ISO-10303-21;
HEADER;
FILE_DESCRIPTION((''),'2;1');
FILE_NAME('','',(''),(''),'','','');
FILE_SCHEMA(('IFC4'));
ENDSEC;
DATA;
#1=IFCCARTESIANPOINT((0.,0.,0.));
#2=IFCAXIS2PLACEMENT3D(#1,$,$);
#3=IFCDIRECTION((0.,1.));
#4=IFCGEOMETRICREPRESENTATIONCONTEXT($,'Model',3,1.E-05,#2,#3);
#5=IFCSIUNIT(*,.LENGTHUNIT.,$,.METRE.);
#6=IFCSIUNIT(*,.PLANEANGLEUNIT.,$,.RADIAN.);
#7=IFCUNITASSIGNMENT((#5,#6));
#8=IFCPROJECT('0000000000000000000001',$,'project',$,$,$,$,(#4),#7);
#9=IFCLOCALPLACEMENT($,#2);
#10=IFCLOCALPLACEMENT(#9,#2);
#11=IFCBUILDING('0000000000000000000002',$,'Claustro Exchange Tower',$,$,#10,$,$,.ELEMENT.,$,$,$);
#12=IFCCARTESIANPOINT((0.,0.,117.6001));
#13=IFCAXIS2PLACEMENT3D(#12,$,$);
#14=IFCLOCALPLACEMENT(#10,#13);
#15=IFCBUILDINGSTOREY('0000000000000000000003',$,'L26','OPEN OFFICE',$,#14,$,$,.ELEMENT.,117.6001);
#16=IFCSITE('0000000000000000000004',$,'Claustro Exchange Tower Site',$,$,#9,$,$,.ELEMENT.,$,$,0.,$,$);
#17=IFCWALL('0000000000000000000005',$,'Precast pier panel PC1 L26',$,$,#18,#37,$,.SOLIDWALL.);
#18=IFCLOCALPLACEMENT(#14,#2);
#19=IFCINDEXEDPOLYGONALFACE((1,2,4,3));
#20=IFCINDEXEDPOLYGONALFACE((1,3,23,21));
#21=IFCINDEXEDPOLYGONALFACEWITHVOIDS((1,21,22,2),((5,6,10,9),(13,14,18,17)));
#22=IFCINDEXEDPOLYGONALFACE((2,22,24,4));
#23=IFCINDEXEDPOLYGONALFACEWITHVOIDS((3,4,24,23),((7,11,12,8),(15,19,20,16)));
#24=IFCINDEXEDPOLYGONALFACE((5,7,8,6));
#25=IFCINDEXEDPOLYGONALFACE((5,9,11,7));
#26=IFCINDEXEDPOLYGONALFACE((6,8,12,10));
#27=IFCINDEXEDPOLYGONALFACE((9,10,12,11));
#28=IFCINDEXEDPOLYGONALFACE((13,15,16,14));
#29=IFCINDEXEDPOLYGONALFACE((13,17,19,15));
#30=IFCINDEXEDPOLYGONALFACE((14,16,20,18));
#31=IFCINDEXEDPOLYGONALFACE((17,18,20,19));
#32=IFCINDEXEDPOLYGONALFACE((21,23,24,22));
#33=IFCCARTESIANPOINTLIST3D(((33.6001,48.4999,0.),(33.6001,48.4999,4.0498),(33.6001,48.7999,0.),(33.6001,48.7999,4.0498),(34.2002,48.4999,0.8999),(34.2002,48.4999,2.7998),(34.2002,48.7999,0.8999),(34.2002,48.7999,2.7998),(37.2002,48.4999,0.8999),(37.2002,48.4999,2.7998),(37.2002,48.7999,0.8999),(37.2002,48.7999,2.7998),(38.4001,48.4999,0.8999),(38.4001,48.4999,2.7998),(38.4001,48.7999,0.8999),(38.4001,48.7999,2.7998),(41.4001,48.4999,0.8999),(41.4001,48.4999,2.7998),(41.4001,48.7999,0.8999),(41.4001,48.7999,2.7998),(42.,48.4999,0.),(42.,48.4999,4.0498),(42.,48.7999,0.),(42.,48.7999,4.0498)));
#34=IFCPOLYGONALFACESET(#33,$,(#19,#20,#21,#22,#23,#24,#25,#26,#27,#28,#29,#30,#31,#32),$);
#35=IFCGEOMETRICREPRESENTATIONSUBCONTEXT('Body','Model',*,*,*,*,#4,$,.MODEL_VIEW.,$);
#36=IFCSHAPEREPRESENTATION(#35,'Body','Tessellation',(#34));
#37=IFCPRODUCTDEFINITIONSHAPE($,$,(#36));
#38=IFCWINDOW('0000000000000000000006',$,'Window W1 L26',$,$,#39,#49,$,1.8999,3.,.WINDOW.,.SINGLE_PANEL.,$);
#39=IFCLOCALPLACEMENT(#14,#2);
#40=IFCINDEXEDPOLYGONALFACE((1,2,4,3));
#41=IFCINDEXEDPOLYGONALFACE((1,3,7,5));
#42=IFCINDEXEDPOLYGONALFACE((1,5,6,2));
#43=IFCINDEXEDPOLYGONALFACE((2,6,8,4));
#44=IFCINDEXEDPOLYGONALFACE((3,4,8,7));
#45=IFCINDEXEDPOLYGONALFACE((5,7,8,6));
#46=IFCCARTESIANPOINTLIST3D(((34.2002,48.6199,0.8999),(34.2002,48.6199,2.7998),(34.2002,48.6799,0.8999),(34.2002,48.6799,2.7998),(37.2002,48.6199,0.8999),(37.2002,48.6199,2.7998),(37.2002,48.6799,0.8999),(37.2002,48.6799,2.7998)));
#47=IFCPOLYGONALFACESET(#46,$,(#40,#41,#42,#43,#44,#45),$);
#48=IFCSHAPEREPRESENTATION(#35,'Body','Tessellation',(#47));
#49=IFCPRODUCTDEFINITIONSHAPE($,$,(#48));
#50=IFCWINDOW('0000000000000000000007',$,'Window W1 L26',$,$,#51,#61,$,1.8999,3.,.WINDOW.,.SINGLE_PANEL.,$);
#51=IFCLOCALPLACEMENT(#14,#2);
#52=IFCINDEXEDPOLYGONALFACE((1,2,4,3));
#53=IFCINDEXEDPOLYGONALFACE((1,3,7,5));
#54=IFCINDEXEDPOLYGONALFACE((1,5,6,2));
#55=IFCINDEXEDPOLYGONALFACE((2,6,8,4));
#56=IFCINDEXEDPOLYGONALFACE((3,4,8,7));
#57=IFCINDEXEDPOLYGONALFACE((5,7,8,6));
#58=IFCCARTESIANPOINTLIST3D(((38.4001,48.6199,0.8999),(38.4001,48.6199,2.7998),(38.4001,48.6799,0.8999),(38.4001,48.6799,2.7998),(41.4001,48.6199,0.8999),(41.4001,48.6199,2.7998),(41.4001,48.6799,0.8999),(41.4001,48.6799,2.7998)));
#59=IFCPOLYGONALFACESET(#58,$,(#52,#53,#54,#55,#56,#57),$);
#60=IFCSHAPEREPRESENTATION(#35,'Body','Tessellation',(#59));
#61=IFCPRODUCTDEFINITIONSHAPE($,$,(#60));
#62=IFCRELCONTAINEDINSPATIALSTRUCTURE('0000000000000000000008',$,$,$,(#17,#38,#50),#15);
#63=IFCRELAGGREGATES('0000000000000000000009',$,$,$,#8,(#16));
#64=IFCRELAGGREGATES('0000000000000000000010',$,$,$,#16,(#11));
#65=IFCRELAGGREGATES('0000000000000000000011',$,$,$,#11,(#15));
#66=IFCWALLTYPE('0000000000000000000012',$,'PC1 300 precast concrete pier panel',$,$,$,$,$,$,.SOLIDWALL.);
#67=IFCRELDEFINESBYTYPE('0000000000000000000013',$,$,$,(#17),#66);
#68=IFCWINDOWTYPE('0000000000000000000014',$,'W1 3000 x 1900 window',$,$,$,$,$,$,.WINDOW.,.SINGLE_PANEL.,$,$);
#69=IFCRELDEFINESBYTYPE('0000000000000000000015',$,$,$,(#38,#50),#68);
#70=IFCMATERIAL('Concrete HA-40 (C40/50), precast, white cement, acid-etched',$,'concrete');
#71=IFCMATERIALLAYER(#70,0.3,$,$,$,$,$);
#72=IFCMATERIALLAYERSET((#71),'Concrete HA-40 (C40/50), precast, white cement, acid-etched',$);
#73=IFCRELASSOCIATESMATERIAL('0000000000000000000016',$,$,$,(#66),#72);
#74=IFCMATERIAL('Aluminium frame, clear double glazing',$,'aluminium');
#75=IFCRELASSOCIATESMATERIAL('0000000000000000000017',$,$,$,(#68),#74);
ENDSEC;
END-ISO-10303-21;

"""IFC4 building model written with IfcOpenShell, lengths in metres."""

from ifc_helpers import new_model, si_unit, direction, frame, frame_2d, origin, place, context, subcontext, project, spatial, rectangle, extrude, material, layer, layer_set, type_object, element, fill, save


model = new_model("IFC4")

# Units and contexts
model_context = context("Model", 3, precision=1e-05, world=origin(), true_north=direction((0.0, 1.0)))
body_context = subcontext(model_context, "Body", "Model", "MODEL_VIEW")
ifc_project = project(units=[si_unit("LENGTHUNIT", "METRE"), si_unit("PLANEANGLEUNIT", "RADIAN")], contexts=[model_context])

# Site, building, storey
site_placement = place(None, origin())
site = spatial("IfcSite", under=ifc_project, at=site_placement, Name="Claustro Exchange Tower Site", CompositionType="ELEMENT", RefElevation=0.0)
building_placement = place(site_placement, origin())
building = spatial("IfcBuilding", under=site, at=building_placement, Name="Claustro Exchange Tower", CompositionType="ELEMENT")
storey_placement = place(building_placement, frame((0.0, 0.0, 117.6001)))
storey = spatial("IfcBuildingStorey", under=building, at=storey_placement, Name="L26", Description="OPEN OFFICE", CompositionType="ELEMENT", Elevation=117.6001)

# Wall, openings, windows
ifc_material_1 = material(Name="Concrete HA-40 (C40/50), precast, white cement, acid-etched", Category="concrete")
ifc_layer_1 = layer(ifc_material_1, 0.3)
ifc_layer_set_1 = layer_set([ifc_layer_1], Name="Concrete HA-40 (C40/50), precast, white cement, acid-etched")
wall_type_1 = type_object("IfcWallType", Name="PC1 300 precast concrete pier panel", PredefinedType="SOLIDWALL", material=ifc_layer_set_1)
ifc_material_2 = material(Name="Aluminium frame, clear double glazing", Category="aluminium")
window_type = type_object("IfcWindowType", Name="W1 3000 x 1900 window", PartitioningType="SINGLE_PANEL", PredefinedType="WINDOW", material=ifc_material_2)
wall_1_placement = place(storey_placement, frame((33.6001, 48.6499, 0.0), z_axis=(0.0, 0.0, 1.0), x_axis=(1.0, 0.0, 0.0)))
wall_1 = element("IfcWall", 1, at=wall_1_placement, inside=storey, type_object=wall_type_1, Name="Precast pier panel PC1 L26", PredefinedType="SOLIDWALL", context=body_context, shape_type="SweptSolid", body=[
    extrude(rectangle(XDim=8.3999, YDim=0.3, at=frame_2d((4.2, 0.0))), origin(), (0.0, 0.0, 1.0), 4.0498),
])
opening_1_placement = place(wall_1_placement, frame((0.6001, 0.0, 0.8999)))
opening_1 = element("IfcOpeningElement", 2, at=opening_1_placement, cuts=wall_1, PredefinedType="OPENING", context=body_context, shape_type="SweptSolid", body=[
    extrude(rectangle(XDim=3.0, YDim=1.8999, at=frame_2d((1.5, 0.95))), frame((0.0, 0.1599, 0.0), z_axis=(0.0, -1.0, 0.0), x_axis=(1.0, 0.0, 0.0)), (0.0, 0.0, 1.0), 0.3201),
])
opening_2_placement = place(wall_1_placement, frame((4.8, 0.0, 0.8999)))
opening_2 = element("IfcOpeningElement", 3, at=opening_2_placement, cuts=wall_1, PredefinedType="OPENING", context=body_context, shape_type="SweptSolid", body=[
    extrude(rectangle(XDim=3.0, YDim=1.8999, at=frame_2d((1.5, 0.95))), frame((0.0, 0.1599, 0.0), z_axis=(0.0, -1.0, 0.0), x_axis=(1.0, 0.0, 0.0)), (0.0, 0.0, 1.0), 0.3201),
])
window_1_placement = place(opening_1_placement, origin())
window_1 = element("IfcWindow", 4, at=window_1_placement, inside=storey, type_object=window_type, Name="Window W1 L26", OverallHeight=1.8999, OverallWidth=3.0, PartitioningType="SINGLE_PANEL", PredefinedType="WINDOW", context=body_context, shape_type="SweptSolid", body=[
    extrude(rectangle(XDim=3.0, YDim=1.8999, at=frame_2d((1.5, 0.95))), frame((0.0, 0.03, 0.0), z_axis=(0.0, -1.0, 0.0), x_axis=(1.0, 0.0, 0.0)), (0.0, 0.0, 1.0), 0.0601),
])
fill(opening_1, window_1)
window_2_placement = place(opening_2_placement, origin())
window_2 = element("IfcWindow", 5, at=window_2_placement, inside=storey, type_object=window_type, Name="Window W1 L26", OverallHeight=1.8999, OverallWidth=3.0, PartitioningType="SINGLE_PANEL", PredefinedType="WINDOW", context=body_context, shape_type="SweptSolid", body=[
    extrude(rectangle(XDim=3.0, YDim=1.8999, at=frame_2d((1.5, 0.95))), frame((0.0, 0.03, 0.0), z_axis=(0.0, -1.0, 0.0), x_axis=(1.0, 0.0, 0.0)), (0.0, 0.0, 1.0), 0.0601),
])
fill(opening_2, window_2)

save(model, "model.ifc")
